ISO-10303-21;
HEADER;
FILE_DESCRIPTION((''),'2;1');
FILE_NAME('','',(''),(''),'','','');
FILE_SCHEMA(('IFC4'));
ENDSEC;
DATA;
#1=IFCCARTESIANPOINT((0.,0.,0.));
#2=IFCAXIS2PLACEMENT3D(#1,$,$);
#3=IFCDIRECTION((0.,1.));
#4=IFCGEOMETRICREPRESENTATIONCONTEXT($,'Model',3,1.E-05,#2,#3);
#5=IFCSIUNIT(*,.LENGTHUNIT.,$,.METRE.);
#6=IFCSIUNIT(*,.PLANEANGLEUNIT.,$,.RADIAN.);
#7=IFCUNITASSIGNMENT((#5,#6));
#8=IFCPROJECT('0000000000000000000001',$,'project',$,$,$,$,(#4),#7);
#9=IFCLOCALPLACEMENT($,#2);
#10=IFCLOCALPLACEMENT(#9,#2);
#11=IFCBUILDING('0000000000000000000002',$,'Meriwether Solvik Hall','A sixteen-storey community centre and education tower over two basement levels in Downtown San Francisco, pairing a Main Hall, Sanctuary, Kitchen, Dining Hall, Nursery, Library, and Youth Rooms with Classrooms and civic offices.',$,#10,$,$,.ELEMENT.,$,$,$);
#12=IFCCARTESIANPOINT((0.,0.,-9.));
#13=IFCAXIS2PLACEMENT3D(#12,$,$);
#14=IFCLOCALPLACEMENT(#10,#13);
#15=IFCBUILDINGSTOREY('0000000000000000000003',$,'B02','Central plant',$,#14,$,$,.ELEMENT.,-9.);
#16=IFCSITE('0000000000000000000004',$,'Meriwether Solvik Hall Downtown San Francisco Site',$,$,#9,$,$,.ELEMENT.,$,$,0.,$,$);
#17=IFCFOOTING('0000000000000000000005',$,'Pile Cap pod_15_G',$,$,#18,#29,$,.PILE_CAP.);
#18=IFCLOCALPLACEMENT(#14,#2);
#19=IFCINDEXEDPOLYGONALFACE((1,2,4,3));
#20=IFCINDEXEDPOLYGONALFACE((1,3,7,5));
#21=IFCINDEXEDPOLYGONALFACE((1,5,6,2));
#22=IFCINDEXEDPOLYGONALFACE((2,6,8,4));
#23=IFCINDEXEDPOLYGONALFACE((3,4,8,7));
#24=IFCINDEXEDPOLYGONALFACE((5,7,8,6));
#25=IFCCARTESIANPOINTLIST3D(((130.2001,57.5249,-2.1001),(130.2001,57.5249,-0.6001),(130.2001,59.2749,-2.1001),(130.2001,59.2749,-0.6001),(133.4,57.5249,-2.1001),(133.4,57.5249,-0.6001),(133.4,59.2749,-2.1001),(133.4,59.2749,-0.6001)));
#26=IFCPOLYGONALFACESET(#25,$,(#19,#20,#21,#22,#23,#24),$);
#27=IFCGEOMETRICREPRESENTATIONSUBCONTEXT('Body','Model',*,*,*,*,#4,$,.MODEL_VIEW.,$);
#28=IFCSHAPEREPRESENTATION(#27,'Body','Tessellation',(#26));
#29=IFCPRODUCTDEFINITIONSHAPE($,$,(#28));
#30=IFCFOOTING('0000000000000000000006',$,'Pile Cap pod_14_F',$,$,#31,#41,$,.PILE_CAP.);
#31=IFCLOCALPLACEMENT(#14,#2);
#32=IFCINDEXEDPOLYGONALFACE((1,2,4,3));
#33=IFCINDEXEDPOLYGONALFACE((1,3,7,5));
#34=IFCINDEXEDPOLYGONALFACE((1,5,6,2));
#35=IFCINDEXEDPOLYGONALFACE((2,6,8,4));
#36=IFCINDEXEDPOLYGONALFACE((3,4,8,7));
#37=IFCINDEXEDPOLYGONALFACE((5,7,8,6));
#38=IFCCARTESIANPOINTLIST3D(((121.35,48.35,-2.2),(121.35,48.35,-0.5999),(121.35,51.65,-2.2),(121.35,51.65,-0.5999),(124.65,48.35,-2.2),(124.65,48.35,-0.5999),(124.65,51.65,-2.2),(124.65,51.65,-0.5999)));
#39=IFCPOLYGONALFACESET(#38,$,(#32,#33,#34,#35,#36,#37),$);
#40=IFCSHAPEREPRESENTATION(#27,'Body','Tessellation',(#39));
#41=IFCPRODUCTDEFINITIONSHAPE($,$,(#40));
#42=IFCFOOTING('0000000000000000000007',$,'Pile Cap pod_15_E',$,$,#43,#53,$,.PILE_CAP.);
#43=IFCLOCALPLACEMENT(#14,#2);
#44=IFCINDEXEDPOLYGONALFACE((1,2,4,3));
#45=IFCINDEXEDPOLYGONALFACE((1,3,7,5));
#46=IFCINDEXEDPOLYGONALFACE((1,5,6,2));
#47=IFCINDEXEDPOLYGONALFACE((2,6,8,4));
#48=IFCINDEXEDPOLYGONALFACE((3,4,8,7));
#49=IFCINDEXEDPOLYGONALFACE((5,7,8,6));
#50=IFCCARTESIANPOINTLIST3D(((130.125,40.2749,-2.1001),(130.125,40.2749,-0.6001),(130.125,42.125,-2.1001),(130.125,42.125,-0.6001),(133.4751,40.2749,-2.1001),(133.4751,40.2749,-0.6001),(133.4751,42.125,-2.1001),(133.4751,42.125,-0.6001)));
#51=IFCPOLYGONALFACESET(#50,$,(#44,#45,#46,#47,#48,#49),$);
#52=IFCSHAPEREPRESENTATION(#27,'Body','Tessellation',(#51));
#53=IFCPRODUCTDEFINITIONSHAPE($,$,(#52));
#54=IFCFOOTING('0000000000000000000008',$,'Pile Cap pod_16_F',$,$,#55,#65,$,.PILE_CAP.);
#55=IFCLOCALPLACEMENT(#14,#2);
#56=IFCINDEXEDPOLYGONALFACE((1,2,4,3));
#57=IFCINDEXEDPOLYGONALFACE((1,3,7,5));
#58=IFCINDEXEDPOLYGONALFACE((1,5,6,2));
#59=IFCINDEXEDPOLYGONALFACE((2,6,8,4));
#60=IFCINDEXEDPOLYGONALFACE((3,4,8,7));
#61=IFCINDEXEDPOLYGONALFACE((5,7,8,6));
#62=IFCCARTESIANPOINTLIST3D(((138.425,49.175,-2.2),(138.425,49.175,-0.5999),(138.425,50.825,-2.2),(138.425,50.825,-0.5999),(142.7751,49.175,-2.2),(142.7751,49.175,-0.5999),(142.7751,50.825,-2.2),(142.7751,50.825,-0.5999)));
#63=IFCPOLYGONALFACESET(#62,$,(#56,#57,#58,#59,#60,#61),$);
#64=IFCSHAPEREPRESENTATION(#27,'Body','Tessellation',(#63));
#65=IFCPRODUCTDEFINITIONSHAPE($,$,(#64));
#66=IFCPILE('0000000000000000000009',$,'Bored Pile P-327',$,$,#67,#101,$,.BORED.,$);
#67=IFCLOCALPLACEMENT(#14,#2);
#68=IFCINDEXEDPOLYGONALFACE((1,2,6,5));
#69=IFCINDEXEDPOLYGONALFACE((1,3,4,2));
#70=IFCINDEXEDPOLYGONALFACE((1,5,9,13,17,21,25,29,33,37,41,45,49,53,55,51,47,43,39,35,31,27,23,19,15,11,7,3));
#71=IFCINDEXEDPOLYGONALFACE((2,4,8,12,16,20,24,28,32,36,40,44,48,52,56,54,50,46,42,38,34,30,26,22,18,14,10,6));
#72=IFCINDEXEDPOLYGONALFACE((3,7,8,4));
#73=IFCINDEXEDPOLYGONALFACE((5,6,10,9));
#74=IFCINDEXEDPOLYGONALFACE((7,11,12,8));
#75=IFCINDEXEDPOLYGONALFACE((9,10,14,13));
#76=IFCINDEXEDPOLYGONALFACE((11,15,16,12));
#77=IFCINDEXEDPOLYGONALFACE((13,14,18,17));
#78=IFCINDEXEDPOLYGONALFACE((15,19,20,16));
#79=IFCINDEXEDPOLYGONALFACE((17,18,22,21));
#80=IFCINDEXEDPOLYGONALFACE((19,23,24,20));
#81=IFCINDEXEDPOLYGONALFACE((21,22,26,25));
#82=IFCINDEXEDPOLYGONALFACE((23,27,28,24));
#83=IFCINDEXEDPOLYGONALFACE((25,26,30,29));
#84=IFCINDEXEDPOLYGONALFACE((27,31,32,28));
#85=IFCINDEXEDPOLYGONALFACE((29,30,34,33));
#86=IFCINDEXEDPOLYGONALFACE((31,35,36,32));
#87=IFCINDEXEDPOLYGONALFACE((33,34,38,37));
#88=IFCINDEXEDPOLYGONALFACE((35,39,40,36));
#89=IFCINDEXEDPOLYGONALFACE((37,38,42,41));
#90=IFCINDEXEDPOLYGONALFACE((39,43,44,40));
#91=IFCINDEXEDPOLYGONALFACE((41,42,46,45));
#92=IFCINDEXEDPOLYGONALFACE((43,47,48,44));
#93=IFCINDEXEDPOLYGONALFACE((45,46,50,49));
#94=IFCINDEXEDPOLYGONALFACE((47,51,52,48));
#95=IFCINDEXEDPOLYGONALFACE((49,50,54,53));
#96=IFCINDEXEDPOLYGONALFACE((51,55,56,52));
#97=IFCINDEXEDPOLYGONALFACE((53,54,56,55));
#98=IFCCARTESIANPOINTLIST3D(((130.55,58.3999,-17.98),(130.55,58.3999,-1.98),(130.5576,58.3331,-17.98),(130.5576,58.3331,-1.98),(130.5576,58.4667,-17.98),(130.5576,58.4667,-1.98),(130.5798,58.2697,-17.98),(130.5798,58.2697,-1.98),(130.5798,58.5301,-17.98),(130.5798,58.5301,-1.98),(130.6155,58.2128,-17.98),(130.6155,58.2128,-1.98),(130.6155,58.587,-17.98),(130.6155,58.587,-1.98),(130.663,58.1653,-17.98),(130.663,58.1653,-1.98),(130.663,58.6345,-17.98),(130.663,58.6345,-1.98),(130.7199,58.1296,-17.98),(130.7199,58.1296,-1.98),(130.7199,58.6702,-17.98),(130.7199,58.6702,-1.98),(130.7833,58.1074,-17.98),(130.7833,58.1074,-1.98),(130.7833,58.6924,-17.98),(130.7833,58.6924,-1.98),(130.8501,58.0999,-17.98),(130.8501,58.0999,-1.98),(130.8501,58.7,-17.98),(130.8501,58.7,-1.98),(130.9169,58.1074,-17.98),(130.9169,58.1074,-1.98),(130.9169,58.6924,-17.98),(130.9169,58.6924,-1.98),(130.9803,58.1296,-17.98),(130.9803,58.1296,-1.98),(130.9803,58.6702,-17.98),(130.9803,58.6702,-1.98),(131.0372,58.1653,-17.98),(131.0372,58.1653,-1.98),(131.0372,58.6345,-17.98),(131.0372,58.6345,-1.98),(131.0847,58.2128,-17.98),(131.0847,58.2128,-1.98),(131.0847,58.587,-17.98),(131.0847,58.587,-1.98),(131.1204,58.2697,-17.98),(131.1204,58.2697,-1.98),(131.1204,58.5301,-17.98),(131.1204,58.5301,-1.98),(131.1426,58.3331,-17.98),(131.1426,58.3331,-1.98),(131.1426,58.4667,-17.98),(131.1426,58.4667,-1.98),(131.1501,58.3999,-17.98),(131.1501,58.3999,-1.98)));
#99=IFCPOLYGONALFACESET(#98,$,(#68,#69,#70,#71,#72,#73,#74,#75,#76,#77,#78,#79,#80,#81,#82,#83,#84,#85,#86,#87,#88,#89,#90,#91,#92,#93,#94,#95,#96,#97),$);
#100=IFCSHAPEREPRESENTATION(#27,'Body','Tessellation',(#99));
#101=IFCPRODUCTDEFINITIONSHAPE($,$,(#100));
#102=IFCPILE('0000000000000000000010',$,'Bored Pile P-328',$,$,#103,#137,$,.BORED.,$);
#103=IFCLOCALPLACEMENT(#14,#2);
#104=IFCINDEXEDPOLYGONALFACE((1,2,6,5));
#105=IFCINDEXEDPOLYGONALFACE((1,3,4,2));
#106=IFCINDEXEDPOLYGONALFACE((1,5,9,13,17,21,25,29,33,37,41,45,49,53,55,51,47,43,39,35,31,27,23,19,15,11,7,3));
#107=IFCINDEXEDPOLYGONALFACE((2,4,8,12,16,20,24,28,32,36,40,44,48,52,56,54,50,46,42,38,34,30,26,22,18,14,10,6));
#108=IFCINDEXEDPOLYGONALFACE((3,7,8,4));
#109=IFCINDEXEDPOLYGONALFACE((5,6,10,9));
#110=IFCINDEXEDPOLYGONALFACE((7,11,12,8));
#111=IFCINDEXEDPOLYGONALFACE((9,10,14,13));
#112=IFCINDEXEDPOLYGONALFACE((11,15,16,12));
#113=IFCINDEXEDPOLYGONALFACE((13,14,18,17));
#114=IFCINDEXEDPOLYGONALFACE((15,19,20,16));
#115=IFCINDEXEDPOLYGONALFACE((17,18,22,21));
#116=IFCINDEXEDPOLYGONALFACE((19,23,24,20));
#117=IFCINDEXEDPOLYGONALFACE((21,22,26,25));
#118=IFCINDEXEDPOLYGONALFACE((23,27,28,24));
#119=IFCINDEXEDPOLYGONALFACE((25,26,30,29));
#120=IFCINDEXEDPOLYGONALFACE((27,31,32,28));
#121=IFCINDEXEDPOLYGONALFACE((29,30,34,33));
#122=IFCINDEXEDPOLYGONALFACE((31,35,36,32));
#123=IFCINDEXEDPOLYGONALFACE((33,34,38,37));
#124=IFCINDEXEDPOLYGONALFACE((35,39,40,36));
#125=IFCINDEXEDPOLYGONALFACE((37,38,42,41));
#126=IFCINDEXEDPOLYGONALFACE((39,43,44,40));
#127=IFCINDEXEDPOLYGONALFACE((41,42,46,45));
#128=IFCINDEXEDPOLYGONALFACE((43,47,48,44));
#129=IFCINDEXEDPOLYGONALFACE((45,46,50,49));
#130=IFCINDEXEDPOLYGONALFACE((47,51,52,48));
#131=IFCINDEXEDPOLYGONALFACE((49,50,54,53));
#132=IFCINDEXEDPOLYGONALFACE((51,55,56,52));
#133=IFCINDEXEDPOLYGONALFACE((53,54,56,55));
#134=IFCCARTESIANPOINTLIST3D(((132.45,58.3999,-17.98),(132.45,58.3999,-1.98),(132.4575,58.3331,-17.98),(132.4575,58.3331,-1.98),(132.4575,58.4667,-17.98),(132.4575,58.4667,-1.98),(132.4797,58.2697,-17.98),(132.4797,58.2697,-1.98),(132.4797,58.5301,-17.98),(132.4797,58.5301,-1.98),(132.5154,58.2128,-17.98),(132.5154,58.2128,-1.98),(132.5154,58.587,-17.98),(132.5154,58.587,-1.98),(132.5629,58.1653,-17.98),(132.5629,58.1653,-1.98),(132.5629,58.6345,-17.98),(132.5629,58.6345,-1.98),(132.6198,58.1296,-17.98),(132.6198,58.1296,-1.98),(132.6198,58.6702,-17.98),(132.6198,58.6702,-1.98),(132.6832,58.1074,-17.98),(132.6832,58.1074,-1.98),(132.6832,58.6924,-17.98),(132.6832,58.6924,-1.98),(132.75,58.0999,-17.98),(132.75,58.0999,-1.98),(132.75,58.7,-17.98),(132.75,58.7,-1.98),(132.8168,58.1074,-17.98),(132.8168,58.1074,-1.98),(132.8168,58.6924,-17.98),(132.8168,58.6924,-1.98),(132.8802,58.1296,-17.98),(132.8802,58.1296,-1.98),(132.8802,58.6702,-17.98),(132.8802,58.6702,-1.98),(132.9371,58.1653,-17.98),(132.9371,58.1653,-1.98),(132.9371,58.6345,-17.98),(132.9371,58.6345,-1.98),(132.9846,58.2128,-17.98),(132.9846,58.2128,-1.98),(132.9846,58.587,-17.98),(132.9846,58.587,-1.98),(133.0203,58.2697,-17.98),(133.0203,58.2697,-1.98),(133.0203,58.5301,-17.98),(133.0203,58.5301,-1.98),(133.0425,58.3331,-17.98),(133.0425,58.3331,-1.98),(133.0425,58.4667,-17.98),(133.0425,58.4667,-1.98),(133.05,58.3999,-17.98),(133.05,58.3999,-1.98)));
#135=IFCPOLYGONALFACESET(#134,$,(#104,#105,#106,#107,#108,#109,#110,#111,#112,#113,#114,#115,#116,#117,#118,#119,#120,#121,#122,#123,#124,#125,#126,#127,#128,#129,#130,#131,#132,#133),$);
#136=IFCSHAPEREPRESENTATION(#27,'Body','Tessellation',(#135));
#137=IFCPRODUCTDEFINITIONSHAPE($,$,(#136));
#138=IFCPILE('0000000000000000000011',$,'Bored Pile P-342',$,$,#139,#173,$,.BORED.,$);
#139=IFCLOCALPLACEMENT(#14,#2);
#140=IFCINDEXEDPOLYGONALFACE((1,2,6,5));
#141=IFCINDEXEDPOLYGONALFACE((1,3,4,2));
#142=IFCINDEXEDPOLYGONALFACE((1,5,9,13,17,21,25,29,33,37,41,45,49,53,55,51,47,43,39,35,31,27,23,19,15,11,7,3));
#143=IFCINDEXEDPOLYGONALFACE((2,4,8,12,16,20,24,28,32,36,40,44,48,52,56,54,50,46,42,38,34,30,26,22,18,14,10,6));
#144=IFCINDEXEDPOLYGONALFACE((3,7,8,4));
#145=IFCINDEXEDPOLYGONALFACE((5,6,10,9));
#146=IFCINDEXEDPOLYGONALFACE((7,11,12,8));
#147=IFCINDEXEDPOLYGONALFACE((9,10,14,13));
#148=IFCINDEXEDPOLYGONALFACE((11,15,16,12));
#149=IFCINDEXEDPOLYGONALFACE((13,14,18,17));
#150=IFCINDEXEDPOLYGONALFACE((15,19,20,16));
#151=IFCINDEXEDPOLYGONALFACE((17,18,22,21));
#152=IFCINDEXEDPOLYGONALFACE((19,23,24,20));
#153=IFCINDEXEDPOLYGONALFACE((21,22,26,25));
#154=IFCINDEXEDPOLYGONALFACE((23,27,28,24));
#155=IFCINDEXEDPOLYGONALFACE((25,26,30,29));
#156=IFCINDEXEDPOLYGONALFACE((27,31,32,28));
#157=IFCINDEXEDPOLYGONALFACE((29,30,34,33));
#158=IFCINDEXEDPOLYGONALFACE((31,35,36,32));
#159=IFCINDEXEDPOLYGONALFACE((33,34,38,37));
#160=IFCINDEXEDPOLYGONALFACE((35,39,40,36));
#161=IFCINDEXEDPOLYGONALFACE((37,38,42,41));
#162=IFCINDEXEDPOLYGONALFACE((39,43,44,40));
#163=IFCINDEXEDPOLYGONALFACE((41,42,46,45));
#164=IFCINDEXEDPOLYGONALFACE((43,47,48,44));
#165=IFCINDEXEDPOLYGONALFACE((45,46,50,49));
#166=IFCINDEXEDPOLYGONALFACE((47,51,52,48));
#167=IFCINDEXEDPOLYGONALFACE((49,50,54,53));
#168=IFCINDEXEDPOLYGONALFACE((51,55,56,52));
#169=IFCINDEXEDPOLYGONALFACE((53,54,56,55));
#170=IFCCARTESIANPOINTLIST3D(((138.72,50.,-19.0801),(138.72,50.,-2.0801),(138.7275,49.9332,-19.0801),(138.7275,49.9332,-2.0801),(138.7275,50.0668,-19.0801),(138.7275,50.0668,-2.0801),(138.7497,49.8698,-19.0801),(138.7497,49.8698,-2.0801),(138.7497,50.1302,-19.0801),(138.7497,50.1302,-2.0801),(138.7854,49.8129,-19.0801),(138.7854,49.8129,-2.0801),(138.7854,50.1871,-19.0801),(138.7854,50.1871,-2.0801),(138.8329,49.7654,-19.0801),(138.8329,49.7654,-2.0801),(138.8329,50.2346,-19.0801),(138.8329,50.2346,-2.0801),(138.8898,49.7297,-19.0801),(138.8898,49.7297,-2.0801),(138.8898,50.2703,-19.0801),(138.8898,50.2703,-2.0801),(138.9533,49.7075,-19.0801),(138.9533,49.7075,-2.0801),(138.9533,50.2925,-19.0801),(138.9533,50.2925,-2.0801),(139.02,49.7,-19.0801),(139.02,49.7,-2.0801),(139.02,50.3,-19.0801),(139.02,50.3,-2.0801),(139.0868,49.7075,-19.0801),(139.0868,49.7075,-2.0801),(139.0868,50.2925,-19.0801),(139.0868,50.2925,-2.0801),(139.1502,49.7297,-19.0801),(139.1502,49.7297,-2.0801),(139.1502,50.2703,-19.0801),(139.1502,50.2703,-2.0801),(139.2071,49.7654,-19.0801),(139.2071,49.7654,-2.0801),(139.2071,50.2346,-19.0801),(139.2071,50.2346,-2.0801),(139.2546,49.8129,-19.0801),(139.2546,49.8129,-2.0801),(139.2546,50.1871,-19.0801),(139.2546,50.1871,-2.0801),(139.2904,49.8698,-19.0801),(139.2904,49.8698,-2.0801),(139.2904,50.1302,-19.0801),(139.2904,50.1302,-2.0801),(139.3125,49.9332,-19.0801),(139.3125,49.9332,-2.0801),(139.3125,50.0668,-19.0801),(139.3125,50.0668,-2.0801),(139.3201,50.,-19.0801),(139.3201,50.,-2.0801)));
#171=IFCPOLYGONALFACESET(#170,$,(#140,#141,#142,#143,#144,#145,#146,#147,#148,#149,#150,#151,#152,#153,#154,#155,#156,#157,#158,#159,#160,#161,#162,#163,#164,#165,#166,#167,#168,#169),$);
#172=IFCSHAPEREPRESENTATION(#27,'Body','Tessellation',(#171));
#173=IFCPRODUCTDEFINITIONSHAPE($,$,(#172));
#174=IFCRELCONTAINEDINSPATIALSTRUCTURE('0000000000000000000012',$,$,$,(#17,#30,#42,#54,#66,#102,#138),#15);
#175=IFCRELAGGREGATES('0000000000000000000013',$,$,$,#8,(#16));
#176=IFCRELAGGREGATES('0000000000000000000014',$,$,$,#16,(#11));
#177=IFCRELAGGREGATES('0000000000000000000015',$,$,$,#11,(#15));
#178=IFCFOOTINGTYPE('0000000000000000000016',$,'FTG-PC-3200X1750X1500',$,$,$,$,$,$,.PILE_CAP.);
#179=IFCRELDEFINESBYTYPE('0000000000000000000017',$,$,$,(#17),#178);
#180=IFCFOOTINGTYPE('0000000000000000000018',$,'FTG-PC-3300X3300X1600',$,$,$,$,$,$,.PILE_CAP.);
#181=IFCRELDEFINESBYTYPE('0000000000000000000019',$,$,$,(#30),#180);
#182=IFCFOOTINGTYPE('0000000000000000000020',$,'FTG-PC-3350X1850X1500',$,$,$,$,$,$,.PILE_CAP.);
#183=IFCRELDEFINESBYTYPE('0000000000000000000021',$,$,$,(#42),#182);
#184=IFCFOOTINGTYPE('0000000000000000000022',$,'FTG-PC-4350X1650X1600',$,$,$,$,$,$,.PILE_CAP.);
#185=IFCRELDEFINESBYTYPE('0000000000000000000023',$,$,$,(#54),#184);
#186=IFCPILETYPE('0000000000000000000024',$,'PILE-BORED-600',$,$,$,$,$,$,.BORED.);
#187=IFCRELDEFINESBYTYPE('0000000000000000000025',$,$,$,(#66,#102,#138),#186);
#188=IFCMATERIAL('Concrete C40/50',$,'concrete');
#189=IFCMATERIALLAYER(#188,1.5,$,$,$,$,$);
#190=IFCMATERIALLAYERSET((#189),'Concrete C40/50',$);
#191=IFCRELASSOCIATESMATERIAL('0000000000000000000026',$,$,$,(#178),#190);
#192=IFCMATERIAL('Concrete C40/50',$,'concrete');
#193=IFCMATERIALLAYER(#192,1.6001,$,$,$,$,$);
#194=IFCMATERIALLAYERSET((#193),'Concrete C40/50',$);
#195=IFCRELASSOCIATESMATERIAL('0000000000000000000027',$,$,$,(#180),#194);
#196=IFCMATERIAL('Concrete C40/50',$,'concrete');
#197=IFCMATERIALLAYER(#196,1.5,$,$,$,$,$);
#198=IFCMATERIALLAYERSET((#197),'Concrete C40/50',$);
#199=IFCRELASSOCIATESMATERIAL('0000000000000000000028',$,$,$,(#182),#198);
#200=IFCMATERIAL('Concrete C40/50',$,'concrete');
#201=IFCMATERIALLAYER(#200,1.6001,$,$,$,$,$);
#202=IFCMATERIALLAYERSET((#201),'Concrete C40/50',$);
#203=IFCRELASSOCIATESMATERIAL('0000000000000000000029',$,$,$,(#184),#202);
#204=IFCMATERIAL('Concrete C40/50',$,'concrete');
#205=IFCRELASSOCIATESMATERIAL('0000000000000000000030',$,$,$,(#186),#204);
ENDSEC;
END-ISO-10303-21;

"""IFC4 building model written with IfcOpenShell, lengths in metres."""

from ifc_helpers import new_model, si_unit, direction, frame, origin, origin_2d, place, context, subcontext, project, spatial, rectangle, circle, extrude, material, layer, layer_set, material_profile, profile_set, type_object, element, save


model = new_model("IFC4")

# Units and contexts
model_context = context("Model", 3, precision=1e-05, world=origin(), true_north=direction((0.0, 1.0)))
body_context = subcontext(model_context, "Body", "Model", "MODEL_VIEW")
ifc_project = project(units=[si_unit("LENGTHUNIT", "METRE"), si_unit("PLANEANGLEUNIT", "RADIAN")], contexts=[model_context])

# Site, building, storey
site_placement = place(None, origin())
site = spatial("IfcSite", under=ifc_project, at=site_placement, Name="Meriwether Solvik Hall Downtown San Francisco Site", CompositionType="ELEMENT", RefElevation=0.0)
building_placement = place(site_placement, origin())
building = spatial("IfcBuilding", under=site, at=building_placement, Name="Meriwether Solvik Hall", Description="A sixteen-storey community centre and education tower over two basement levels in Downtown San Francisco, pairing a Main Hall, Sanctuary, Kitchen, Dining Hall, Nursery, Library, and Youth Rooms with Classrooms and civic offices.", CompositionType="ELEMENT")
storey_placement = place(building_placement, frame((0.0, 0.0, -9.0)))
storey = spatial("IfcBuildingStorey", under=building, at=storey_placement, Name="B02", Description="Central plant", CompositionType="ELEMENT", Elevation=-9.0)

# Footings
ifc_material_1 = material(Name="Concrete C40/50", Category="concrete")
ifc_layer_1 = layer(ifc_material_1, 1.5)
ifc_layer_set_1 = layer_set([ifc_layer_1], Name="Concrete C40/50")
footing_type_1 = type_object("IfcFootingType", Name="FTG-PC-3200X1750X1500", PredefinedType="PILE_CAP", material=ifc_layer_set_1)
footing_1_placement = place(storey_placement, frame((131.8, 58.3999, -2.1001), z_axis=(0.0, 0.0, 1.0), x_axis=(1.0, 0.0, 0.0)))
element("IfcFooting", 1, at=footing_1_placement, inside=storey, type_object=footing_type_1, Name="Pile Cap pod_15_G", PredefinedType="PILE_CAP", context=body_context, shape_type="SweptSolid", body=[
    extrude(rectangle(XDim=3.2, YDim=1.75, at=origin_2d()), origin(), (0.0, 0.0, 1.0), 1.5),
])
ifc_material_2 = material(Name="Concrete C40/50", Category="concrete")
ifc_layer_2 = layer(ifc_material_2, 1.6001)
ifc_layer_set_2 = layer_set([ifc_layer_2], Name="Concrete C40/50")
footing_type_2 = type_object("IfcFootingType", Name="FTG-PC-3300X3300X1600", PredefinedType="PILE_CAP", material=ifc_layer_set_2)
footing_2_placement = place(storey_placement, frame((123.0, 50.0, -2.2), z_axis=(0.0, 0.0, 1.0), x_axis=(1.0, 0.0, 0.0)))
element("IfcFooting", 2, at=footing_2_placement, inside=storey, type_object=footing_type_2, Name="Pile Cap pod_14_F", PredefinedType="PILE_CAP", context=body_context, shape_type="SweptSolid", body=[
    extrude(rectangle(XDim=3.3, YDim=3.3, at=origin_2d()), origin(), (0.0, 0.0, 1.0), 1.6001),
])
ifc_material_3 = material(Name="Concrete C40/50", Category="concrete")
ifc_layer_3 = layer(ifc_material_3, 1.5)
ifc_layer_set_3 = layer_set([ifc_layer_3], Name="Concrete C40/50")
footing_type_3 = type_object("IfcFootingType", Name="FTG-PC-3350X1850X1500", PredefinedType="PILE_CAP", material=ifc_layer_set_3)
footing_3_placement = place(storey_placement, frame((131.8, 41.2, -2.1001), z_axis=(0.0, 0.0, 1.0), x_axis=(1.0, 0.0, 0.0)))
element("IfcFooting", 3, at=footing_3_placement, inside=storey, type_object=footing_type_3, Name="Pile Cap pod_15_E", PredefinedType="PILE_CAP", context=body_context, shape_type="SweptSolid", body=[
    extrude(rectangle(XDim=3.3501, YDim=1.8501, at=origin_2d()), origin(), (0.0, 0.0, 1.0), 1.5),
])
ifc_material_4 = material(Name="Concrete C40/50", Category="concrete")
ifc_layer_4 = layer(ifc_material_4, 1.6001)
ifc_layer_set_4 = layer_set([ifc_layer_4], Name="Concrete C40/50")
footing_type_4 = type_object("IfcFootingType", Name="FTG-PC-4350X1650X1600", PredefinedType="PILE_CAP", material=ifc_layer_set_4)
footing_4_placement = place(storey_placement, frame((140.6001, 50.0, -2.2), z_axis=(0.0, 0.0, 1.0), x_axis=(1.0, 0.0, 0.0)))
element("IfcFooting", 4, at=footing_4_placement, inside=storey, type_object=footing_type_4, Name="Pile Cap pod_16_F", PredefinedType="PILE_CAP", context=body_context, shape_type="SweptSolid", body=[
    extrude(rectangle(XDim=4.3501, YDim=1.6499, at=origin_2d()), origin(), (0.0, 0.0, 1.0), 1.6001),
])

# Piles
ifc_material_5 = material(Name="Concrete C40/50", Category="concrete")
ifc_material_profile_1 = material_profile(ifc_material_5, circle(Radius=0.3, at=origin_2d()), Name="PILE-D600")
ifc_profile_set_1 = profile_set([ifc_material_profile_1], Name="Concrete C40/50")
pile_type_1 = type_object("IfcPileType", Name="PILE-BORED-600", PredefinedType="BORED", material=ifc_profile_set_1)
for number, where, z_axis, x_axis, name in (
    (5, (130.8501, 58.3999, -1.98), (0.0, 0.0, -1.0), (1.0, 0.0, 0.0), "Bored Pile P-327"),
    (6, (132.75, 58.3999, -1.98), (0.0, 0.0, -1.0), (1.0, 0.0, 0.0), "Bored Pile P-328"),
):
    element("IfcPile", number, at=place(storey_placement, frame(where, z_axis=z_axis, x_axis=x_axis)), inside=storey, type_object=pile_type_1, Name=name, PredefinedType="BORED", context=body_context, shape_type="SweptSolid", body=[
        extrude(circle(Radius=0.3, at=origin_2d()), origin(), (0.0, 0.0, 1.0), 16.0),
    ])
for number, where, z_axis, x_axis, name in (
    (7, (139.02, 50.0, -2.0801), (0.0, 0.0, -1.0), (1.0, 0.0, 0.0), "Bored Pile P-342"),
):
    element("IfcPile", number, at=place(storey_placement, frame(where, z_axis=z_axis, x_axis=x_axis)), inside=storey, type_object=pile_type_1, Name=name, PredefinedType="BORED", context=body_context, shape_type="SweptSolid", body=[
        extrude(circle(Radius=0.3, at=origin_2d()), origin(), (0.0, 0.0, 1.0), 17.0),
    ])

save(model, "model.ifc")
